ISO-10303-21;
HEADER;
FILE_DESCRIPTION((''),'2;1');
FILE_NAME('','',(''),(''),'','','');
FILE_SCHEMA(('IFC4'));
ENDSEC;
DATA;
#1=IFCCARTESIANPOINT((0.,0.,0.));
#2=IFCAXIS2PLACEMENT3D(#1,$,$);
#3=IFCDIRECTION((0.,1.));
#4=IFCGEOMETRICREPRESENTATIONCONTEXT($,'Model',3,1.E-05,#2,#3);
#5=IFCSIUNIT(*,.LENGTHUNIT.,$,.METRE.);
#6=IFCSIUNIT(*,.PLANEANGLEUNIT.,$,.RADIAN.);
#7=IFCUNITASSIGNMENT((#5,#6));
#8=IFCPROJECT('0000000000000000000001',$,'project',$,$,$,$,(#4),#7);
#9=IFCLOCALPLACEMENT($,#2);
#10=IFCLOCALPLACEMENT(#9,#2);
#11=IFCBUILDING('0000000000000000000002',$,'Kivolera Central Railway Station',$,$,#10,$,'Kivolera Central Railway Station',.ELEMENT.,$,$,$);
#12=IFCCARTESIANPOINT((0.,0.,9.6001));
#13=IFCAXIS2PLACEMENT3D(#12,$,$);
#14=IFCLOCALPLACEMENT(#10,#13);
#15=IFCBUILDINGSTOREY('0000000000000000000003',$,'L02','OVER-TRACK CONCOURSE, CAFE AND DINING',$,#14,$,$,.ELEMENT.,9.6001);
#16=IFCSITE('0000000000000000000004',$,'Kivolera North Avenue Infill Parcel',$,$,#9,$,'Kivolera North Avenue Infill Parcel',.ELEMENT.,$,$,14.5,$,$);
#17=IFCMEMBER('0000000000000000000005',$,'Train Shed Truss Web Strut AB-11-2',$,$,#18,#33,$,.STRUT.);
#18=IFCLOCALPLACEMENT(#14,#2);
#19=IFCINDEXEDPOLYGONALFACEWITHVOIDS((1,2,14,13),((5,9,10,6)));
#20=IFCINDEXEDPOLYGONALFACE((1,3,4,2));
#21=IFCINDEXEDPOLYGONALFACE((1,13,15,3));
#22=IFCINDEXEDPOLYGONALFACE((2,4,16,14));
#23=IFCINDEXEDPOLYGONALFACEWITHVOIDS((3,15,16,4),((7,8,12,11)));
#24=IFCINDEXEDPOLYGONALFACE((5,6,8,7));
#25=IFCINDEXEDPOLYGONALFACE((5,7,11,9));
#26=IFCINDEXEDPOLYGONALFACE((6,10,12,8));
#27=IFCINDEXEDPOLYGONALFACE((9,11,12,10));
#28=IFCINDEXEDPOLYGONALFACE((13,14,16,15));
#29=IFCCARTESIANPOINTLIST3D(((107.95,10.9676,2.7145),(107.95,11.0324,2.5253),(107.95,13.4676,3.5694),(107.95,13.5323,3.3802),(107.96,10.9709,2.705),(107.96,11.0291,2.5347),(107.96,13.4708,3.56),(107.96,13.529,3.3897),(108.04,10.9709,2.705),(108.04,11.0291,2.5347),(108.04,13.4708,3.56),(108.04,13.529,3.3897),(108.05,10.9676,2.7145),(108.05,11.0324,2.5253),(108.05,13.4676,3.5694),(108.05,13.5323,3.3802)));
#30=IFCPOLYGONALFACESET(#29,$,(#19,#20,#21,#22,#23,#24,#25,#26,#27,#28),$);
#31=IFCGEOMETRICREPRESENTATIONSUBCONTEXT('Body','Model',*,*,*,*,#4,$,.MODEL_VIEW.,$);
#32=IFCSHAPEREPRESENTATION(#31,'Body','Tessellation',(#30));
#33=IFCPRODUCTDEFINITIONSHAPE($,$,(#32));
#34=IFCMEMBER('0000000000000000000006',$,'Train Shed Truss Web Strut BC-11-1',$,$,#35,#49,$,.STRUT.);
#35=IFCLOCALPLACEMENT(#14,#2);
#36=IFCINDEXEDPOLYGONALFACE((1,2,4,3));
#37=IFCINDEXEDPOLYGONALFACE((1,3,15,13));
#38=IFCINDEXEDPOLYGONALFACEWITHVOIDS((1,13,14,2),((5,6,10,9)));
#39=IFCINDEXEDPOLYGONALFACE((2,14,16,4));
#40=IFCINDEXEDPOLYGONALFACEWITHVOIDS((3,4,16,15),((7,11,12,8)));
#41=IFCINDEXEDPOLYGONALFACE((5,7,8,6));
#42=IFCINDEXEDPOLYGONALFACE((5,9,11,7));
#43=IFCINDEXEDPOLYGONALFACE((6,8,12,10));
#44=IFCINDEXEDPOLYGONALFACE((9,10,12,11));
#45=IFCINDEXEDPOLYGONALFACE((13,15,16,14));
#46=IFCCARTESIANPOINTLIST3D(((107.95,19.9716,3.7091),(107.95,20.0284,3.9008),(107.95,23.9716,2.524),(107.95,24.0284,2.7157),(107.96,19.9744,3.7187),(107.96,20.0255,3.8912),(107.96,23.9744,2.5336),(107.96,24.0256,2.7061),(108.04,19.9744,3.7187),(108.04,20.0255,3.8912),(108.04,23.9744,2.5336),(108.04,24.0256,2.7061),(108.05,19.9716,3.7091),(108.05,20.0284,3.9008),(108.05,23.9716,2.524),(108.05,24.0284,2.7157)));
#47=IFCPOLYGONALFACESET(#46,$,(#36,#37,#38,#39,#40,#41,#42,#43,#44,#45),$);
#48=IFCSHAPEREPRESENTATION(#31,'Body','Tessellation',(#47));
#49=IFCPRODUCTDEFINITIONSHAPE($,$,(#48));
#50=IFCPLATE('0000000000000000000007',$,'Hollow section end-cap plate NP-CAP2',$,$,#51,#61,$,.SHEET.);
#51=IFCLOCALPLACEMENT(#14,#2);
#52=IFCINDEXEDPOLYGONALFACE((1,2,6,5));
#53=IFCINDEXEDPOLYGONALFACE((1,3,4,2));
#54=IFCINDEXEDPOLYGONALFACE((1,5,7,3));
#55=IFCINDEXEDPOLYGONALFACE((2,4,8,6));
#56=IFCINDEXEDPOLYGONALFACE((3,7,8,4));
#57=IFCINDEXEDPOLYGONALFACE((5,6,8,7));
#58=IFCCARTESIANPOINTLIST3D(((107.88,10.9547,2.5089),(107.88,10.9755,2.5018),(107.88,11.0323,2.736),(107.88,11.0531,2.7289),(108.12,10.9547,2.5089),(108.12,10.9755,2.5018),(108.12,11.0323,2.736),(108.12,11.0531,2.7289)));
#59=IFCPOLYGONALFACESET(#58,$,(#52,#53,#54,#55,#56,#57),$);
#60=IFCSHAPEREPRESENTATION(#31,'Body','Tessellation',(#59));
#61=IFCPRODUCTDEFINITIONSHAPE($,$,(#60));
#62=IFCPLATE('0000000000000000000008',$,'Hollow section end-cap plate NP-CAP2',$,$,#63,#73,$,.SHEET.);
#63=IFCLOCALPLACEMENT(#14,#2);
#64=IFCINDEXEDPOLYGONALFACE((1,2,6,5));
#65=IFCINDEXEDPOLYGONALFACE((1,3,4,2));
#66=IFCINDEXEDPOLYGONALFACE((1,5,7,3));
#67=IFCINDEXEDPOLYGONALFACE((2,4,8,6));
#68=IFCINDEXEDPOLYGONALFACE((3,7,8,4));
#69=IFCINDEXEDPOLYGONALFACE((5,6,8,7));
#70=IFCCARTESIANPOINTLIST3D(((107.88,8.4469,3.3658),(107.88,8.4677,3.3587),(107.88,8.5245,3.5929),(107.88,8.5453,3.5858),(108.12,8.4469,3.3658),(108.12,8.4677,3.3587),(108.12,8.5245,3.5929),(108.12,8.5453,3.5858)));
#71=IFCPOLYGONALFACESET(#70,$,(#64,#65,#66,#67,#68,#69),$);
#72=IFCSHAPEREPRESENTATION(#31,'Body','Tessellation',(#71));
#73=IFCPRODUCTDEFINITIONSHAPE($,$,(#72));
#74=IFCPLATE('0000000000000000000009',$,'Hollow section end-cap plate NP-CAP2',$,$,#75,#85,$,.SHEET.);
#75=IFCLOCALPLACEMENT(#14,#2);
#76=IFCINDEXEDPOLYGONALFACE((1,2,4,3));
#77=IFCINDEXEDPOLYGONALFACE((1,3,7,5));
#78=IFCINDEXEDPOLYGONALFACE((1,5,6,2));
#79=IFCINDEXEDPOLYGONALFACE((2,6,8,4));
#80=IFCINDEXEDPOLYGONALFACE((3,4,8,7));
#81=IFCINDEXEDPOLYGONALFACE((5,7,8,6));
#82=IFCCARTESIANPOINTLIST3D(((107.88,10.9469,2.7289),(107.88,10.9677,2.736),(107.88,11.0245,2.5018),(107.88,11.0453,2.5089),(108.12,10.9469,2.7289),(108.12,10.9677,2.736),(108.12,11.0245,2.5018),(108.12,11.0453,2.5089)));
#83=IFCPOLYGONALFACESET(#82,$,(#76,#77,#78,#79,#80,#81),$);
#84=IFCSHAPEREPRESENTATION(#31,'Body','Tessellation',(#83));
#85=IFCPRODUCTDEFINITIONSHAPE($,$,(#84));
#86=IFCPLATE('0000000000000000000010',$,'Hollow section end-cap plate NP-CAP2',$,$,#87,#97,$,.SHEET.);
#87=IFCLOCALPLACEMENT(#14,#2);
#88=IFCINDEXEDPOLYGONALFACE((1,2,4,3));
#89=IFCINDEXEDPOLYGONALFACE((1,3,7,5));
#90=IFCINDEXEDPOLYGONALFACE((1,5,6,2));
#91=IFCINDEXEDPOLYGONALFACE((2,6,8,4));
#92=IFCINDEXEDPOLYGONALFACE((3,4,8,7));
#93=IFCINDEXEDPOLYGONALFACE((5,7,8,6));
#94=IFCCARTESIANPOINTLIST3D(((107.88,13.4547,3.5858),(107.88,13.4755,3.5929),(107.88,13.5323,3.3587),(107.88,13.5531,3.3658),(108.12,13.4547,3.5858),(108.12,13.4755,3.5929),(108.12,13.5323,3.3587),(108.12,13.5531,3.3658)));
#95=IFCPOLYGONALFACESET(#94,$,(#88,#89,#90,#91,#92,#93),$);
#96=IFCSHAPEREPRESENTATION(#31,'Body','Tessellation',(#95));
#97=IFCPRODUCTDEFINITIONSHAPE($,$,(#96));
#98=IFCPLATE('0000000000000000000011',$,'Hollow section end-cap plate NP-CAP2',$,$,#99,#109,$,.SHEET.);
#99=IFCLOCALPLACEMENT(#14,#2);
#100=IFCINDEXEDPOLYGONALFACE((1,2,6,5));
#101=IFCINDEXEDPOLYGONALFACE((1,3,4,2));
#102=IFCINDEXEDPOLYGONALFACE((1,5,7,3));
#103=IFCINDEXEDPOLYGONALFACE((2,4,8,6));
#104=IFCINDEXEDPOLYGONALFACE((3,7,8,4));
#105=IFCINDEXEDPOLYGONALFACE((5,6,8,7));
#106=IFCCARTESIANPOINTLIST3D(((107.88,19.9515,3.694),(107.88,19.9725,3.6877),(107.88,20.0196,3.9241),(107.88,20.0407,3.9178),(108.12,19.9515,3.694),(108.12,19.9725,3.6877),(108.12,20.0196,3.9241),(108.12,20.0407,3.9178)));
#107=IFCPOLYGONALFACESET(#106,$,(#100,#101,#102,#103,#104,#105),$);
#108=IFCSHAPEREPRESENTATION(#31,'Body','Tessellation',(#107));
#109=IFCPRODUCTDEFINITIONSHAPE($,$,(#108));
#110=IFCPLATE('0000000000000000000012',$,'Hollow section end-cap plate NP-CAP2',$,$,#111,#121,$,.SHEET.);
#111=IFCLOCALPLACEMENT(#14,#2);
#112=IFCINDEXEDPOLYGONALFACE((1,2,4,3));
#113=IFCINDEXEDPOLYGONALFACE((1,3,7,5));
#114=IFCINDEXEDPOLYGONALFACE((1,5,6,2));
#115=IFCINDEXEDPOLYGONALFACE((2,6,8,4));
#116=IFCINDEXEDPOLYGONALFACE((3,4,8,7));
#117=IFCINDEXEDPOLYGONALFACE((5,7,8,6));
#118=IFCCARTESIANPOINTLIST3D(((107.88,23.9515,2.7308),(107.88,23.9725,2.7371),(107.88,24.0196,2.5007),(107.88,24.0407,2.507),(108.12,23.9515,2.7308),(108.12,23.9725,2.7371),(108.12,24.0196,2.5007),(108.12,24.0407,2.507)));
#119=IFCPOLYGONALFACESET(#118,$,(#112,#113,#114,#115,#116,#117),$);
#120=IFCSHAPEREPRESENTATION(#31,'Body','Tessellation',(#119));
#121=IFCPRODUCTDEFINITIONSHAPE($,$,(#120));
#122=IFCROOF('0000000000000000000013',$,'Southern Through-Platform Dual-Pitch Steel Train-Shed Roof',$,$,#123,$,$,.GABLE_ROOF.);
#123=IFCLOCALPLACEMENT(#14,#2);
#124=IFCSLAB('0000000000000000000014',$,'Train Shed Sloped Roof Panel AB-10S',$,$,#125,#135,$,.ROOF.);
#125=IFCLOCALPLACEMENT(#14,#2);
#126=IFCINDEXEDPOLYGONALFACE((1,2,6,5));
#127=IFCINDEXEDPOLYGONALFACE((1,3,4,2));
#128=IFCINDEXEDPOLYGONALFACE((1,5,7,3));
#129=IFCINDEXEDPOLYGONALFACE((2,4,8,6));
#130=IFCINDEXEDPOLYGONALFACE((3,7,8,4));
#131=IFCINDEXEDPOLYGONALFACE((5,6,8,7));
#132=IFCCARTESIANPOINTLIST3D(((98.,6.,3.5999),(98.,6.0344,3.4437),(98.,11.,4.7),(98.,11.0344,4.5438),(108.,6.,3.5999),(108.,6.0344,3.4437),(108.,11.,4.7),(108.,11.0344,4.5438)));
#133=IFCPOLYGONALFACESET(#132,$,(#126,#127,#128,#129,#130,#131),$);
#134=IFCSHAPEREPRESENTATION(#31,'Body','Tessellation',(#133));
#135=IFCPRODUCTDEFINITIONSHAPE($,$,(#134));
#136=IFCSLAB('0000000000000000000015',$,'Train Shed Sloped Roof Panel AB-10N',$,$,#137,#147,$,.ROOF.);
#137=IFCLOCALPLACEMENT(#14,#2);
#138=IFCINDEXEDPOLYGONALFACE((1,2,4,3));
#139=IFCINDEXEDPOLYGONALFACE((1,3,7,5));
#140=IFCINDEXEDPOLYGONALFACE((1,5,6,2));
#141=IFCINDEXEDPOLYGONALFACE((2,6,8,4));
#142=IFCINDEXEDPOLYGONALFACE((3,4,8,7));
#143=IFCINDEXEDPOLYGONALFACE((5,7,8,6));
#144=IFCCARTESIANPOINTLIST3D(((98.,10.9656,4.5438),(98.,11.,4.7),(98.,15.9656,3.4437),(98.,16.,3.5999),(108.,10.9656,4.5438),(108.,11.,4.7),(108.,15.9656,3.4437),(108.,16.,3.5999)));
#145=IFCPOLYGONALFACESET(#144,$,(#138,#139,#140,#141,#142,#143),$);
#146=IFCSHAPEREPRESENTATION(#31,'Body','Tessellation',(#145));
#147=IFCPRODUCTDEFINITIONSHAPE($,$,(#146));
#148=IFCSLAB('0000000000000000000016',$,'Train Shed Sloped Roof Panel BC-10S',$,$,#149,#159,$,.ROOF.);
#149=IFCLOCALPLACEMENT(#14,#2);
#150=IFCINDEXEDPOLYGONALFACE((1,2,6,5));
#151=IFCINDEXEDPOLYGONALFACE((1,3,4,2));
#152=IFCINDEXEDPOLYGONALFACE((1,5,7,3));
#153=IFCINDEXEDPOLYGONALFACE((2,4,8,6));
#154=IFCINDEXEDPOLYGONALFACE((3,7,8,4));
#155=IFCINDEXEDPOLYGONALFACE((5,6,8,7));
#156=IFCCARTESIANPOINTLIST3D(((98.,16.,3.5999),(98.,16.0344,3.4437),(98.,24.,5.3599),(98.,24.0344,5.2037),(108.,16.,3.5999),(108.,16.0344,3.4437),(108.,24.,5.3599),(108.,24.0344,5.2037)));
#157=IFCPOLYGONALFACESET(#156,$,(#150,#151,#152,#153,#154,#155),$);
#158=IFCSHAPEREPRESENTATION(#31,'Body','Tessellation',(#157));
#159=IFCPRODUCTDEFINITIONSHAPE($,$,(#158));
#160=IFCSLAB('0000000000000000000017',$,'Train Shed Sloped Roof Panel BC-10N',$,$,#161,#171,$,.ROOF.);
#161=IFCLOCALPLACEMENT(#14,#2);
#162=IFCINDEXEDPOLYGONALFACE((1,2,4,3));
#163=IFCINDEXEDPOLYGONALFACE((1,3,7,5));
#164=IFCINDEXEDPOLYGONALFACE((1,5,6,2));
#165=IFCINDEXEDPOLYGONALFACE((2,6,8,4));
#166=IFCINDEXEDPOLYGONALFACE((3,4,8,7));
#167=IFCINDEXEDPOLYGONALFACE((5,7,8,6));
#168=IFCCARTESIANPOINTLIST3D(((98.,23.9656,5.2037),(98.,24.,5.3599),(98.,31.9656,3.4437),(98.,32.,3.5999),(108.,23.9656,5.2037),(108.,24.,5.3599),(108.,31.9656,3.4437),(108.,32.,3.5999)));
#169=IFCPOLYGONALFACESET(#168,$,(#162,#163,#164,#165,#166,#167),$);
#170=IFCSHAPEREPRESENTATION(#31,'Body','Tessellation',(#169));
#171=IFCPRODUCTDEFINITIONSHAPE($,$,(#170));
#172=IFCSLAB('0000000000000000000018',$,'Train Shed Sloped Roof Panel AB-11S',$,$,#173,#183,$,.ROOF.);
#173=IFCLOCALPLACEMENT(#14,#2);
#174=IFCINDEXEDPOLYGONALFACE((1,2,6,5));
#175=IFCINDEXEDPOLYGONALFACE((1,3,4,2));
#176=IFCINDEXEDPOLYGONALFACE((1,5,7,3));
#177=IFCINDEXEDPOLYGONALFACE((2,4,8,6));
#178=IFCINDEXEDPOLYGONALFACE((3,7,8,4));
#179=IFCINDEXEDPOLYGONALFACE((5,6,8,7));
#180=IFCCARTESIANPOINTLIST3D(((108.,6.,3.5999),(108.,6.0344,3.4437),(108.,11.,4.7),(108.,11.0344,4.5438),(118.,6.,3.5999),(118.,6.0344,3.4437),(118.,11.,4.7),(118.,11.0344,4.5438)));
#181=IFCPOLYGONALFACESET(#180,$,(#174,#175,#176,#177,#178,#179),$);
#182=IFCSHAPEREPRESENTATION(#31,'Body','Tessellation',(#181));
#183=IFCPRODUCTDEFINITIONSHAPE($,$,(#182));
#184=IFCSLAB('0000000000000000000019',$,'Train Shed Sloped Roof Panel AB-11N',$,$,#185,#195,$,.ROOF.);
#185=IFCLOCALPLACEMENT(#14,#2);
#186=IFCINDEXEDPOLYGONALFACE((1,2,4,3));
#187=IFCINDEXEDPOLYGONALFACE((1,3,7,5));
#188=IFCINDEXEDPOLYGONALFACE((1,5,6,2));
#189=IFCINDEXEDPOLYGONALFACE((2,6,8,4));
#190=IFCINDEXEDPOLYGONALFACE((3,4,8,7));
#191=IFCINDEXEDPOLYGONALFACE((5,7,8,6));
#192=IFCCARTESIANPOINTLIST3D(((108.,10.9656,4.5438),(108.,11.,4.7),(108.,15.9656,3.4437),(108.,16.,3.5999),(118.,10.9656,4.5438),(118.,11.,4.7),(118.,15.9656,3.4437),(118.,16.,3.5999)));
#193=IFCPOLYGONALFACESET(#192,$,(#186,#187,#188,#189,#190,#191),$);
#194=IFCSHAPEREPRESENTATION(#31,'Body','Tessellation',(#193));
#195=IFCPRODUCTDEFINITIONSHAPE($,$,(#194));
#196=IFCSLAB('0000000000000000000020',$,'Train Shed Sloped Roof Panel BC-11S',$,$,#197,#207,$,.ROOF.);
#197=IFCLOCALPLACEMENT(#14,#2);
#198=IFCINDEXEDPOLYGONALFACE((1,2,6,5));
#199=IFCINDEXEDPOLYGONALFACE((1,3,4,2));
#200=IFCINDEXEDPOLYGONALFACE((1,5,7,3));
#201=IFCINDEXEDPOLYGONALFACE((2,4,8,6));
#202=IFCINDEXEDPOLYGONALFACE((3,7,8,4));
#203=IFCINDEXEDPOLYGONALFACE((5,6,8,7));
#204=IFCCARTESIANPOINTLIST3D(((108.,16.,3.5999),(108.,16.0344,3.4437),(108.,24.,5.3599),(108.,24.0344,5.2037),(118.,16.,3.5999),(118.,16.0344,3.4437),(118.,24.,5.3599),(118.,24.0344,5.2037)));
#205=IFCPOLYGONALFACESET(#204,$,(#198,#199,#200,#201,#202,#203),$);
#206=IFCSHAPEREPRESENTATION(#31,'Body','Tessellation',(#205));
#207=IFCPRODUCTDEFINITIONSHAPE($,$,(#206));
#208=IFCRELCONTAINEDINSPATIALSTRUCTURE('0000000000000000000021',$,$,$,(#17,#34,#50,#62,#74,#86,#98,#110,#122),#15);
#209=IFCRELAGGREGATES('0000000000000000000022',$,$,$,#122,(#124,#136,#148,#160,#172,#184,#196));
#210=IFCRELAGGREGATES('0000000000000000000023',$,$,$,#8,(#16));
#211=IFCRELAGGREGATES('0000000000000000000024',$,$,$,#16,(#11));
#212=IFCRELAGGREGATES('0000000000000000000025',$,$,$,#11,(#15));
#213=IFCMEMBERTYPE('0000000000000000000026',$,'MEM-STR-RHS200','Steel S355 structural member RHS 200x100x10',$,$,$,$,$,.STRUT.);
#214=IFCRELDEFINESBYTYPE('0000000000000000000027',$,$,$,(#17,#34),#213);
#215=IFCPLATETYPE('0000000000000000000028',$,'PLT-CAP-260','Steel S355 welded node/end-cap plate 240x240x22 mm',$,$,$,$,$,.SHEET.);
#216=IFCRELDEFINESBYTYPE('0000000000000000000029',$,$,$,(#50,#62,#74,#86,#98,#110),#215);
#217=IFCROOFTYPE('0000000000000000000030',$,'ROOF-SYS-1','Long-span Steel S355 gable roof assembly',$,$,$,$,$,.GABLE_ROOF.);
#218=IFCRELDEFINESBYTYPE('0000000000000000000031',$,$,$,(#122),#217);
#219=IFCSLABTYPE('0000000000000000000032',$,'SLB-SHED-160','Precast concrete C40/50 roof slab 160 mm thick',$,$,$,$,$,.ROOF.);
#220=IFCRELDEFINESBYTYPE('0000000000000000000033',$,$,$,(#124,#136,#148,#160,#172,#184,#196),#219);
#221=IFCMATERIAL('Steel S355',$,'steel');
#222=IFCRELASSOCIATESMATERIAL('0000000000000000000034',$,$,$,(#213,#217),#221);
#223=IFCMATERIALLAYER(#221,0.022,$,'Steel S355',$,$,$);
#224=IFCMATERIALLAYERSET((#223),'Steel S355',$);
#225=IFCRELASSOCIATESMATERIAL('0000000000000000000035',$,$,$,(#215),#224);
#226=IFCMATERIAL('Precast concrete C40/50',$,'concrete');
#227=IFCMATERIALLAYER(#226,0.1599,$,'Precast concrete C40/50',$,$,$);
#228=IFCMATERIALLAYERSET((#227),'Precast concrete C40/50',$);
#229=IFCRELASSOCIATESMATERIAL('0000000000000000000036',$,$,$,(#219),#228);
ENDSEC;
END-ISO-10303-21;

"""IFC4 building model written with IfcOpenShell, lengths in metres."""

from ifc_helpers import new_model, si_unit, direction, frame, origin, origin_2d, place, context, subcontext, project, spatial, polyline, rectangle, hollow_rectangle, outline, extrude, material, layer, layer_set, material_profile, profile_set, type_object, element, aggregate, save


model = new_model("IFC4")

# Units and contexts
model_context = context("Model", 3, precision=1e-05, world=origin(), true_north=direction((0.0, 1.0)))
body_context = subcontext(model_context, "Body", "Model", "MODEL_VIEW")
ifc_project = project(units=[si_unit("LENGTHUNIT", "METRE"), si_unit("PLANEANGLEUNIT", "RADIAN")], contexts=[model_context])

# Site, building, storey
site_placement = place(None, origin())
site = spatial("IfcSite", under=ifc_project, at=site_placement, Name="Kivolera North Avenue Infill Parcel", LongName="Kivolera North Avenue Infill Parcel", CompositionType="ELEMENT", RefElevation=14.5)
building_placement = place(site_placement, origin())
building = spatial("IfcBuilding", under=site, at=building_placement, Name="Kivolera Central Railway Station", LongName="Kivolera Central Railway Station", CompositionType="ELEMENT")
storey_placement = place(building_placement, frame((0.0, 0.0, 9.6001)))
storey = spatial("IfcBuildingStorey", under=building, at=storey_placement, Name="L02", Description="OVER-TRACK CONCOURSE, CAFE AND DINING", CompositionType="ELEMENT", Elevation=9.6001)

# Shared definitions
ifc_material_1 = material(Name="Steel S355", Category="steel")

# Members
ifc_material_profile_1 = material_profile(ifc_material_1, hollow_rectangle(XDim=0.1001, YDim=0.2, WallThickness=0.01, at=origin_2d()), Name="RHS 200x100x10")
ifc_profile_set_1 = profile_set([ifc_material_profile_1], Name="Steel S355")
member_type_1 = type_object("IfcMemberType", Name="MEM-STR-RHS200", Description="Steel S355 structural member RHS 200x100x10", PredefinedType="STRUT", material=ifc_profile_set_1)
for number, where, z_axis, x_axis, name in (
    (1, (108.0, 11.0, 2.6199), (0.0, 0.946197, 0.323592), (-1.0, 0.0, 0.0), "Train Shed Truss Web Strut AB-11-2"),
):
    element("IfcMember", number, at=place(storey_placement, frame(where, z_axis=z_axis, x_axis=x_axis)), inside=storey, type_object=member_type_1, Name=name, PredefinedType="STRUT", context=body_context, shape_type="SweptSolid", body=[
        extrude(hollow_rectangle(XDim=0.1001, YDim=0.2, WallThickness=0.01, at=origin_2d()), origin(), (0.0, 0.0, 1.0), 2.6421),
    ])
member_1_placement = place(storey_placement, frame((108.0, 24.0, 2.6199), z_axis=(0.0, -0.958806, 0.28406), x_axis=(1.0, 0.0, 0.0)))
element("IfcMember", 2, at=member_1_placement, inside=storey, type_object=member_type_1, Name="Train Shed Truss Web Strut BC-11-1", PredefinedType="STRUT", context=body_context, shape_type="SweptSolid", body=[
    extrude(hollow_rectangle(XDim=0.1001, YDim=0.2, WallThickness=0.01, at=origin_2d()), origin(), (0.0, 0.0, 1.0), 4.1719),
])

# Plates
ifc_layer_1 = layer(ifc_material_1, 0.022, Name="Steel S355")
ifc_layer_set_1 = layer_set([ifc_layer_1], Name="Steel S355")
plate_type = type_object("IfcPlateType", Name="PLT-CAP-260", Description="Steel S355 welded node/end-cap plate 240x240x22 mm", PredefinedType="SHEET", material=ifc_layer_set_1)
for number, where, z_axis, x_axis, name in (
    (3, (108.0, 11.0039, 2.6189), (0.0, -0.946194, 0.323599), (1.0, 0.0, 0.0), "Hollow section end-cap plate NP-CAP2"),
    (4, (108.0, 8.4961, 3.4758), (0.0, -0.946194, 0.323599), (1.0, 0.0, 0.0), "Hollow section end-cap plate NP-CAP2"),
    (5, (108.0, 10.9961, 2.6189), (0.0, 0.946194, 0.323599), (-1.0, 0.0, 0.0), "Hollow section end-cap plate NP-CAP2"),
    (6, (108.0, 13.5039, 3.4758), (0.0, 0.946194, 0.323599), (-1.0, 0.0, 0.0), "Hollow section end-cap plate NP-CAP2"),
    (7, (108.0, 19.9961, 3.8059), (0.0, -0.95881, 0.284048), (1.0, 0.0, 0.0), "Hollow section end-cap plate NP-CAP2"),
    (8, (108.0, 23.9961, 2.6189), (0.0, 0.95881, 0.284048), (-1.0, 0.0, 0.0), "Hollow section end-cap plate NP-CAP2"),
):
    element("IfcPlate", number, at=place(storey_placement, frame(where, z_axis=z_axis, x_axis=x_axis)), inside=storey, type_object=plate_type, Name=name, PredefinedType="SHEET", context=body_context, shape_type="SweptSolid", body=[
        extrude(rectangle(XDim=0.24, YDim=0.24, at=origin_2d()), frame((0.0, 0.0, -0.011)), (0.0, 0.0, 1.0), 0.022),
    ])

# Roof, slabs
roof_type = type_object("IfcRoofType", Name="ROOF-SYS-1", Description="Long-span Steel S355 gable roof assembly", PredefinedType="GABLE_ROOF", material=ifc_material_1)
roof_placement = place(storey_placement, origin())
roof = element("IfcRoof", 9, at=roof_placement, inside=storey, type_object=roof_type, Name="Southern Through-Platform Dual-Pitch Steel Train-Shed Roof", PredefinedType="GABLE_ROOF")
ifc_material_2 = material(Name="Precast concrete C40/50", Category="concrete")
ifc_layer_2 = layer(ifc_material_2, 0.1599, Name="Precast concrete C40/50")
ifc_layer_set_2 = layer_set([ifc_layer_2], Name="Precast concrete C40/50")
slab_type = type_object("IfcSlabType", Name="SLB-SHED-160", Description="Precast concrete C40/50 roof slab 160 mm thick", PredefinedType="ROOF", material=ifc_layer_set_2)
slab_1_placement = place(storey_placement, frame((98.0, 6.0, 3.5999), z_axis=(0.0, -0.21488, 0.97664), x_axis=(1.0, 0.0, 0.0)))
slab_1 = element("IfcSlab", 10, at=slab_1_placement, type_object=slab_type, Name="Train Shed Sloped Roof Panel AB-10S", PredefinedType="ROOF", context=body_context, shape_type="SweptSolid", body=[
    extrude(outline(polyline([(0.0, 0.0), (10.0, 0.0), (10.0, 5.1196), (0.0, 5.1196), (0.0, 0.0)])), origin(), (0.0, 0.0, -1.0), 0.1599),
])
slab_2_placement = place(storey_placement, frame((98.0, 11.0, 4.7), z_axis=(0.0, 0.21488, 0.97664), x_axis=(1.0, 0.0, 0.0)))
slab_2 = element("IfcSlab", 11, at=slab_2_placement, type_object=slab_type, Name="Train Shed Sloped Roof Panel AB-10N", PredefinedType="ROOF", context=body_context, shape_type="SweptSolid", body=[
    extrude(outline(polyline([(0.0, 0.0), (10.0, 0.0), (10.0, 5.1196), (0.0, 5.1196), (0.0, 0.0)])), origin(), (0.0, 0.0, -1.0), 0.1599),
])
slab_3_placement = place(storey_placement, frame((98.0, 16.0, 3.5999), z_axis=(0.0, -0.214863, 0.976644), x_axis=(1.0, 0.0, 0.0)))
slab_3 = element("IfcSlab", 12, at=slab_3_placement, type_object=slab_type, Name="Train Shed Sloped Roof Panel BC-10S", PredefinedType="ROOF", context=body_context, shape_type="SweptSolid", body=[
    extrude(outline(polyline([(0.0, 0.0), (10.0, 0.0), (10.0, 8.1913), (0.0, 8.1913), (0.0, 0.0)])), origin(), (0.0, 0.0, -1.0), 0.1599),
])
slab_4_placement = place(storey_placement, frame((98.0, 24.0, 5.3599), z_axis=(0.0, 0.214863, 0.976644), x_axis=(1.0, 0.0, 0.0)))
slab_4 = element("IfcSlab", 13, at=slab_4_placement, type_object=slab_type, Name="Train Shed Sloped Roof Panel BC-10N", PredefinedType="ROOF", context=body_context, shape_type="SweptSolid", body=[
    extrude(outline(polyline([(0.0, 0.0), (10.0, 0.0), (10.0, 8.1913), (0.0, 8.1913), (0.0, 0.0)])), origin(), (0.0, 0.0, -1.0), 0.1599),
])
slab_5_placement = place(storey_placement, frame((108.0, 6.0, 3.5999), z_axis=(0.0, -0.21488, 0.97664), x_axis=(1.0, 0.0, 0.0)))
slab_5 = element("IfcSlab", 14, at=slab_5_placement, type_object=slab_type, Name="Train Shed Sloped Roof Panel AB-11S", PredefinedType="ROOF", context=body_context, shape_type="SweptSolid", body=[
    extrude(outline(polyline([(0.0, 0.0), (10.0, 0.0), (10.0, 5.1196), (0.0, 5.1196), (0.0, 0.0)])), origin(), (0.0, 0.0, -1.0), 0.1599),
])
slab_6_placement = place(storey_placement, frame((108.0, 11.0, 4.7), z_axis=(0.0, 0.21488, 0.97664), x_axis=(1.0, 0.0, 0.0)))
slab_6 = element("IfcSlab", 15, at=slab_6_placement, type_object=slab_type, Name="Train Shed Sloped Roof Panel AB-11N", PredefinedType="ROOF", context=body_context, shape_type="SweptSolid", body=[
    extrude(outline(polyline([(0.0, 0.0), (10.0, 0.0), (10.0, 5.1196), (0.0, 5.1196), (0.0, 0.0)])), origin(), (0.0, 0.0, -1.0), 0.1599),
])
slab_7_placement = place(storey_placement, frame((108.0, 16.0, 3.5999), z_axis=(0.0, -0.214863, 0.976644), x_axis=(1.0, 0.0, 0.0)))
slab_7 = element("IfcSlab", 16, at=slab_7_placement, type_object=slab_type, Name="Train Shed Sloped Roof Panel BC-11S", PredefinedType="ROOF", context=body_context, shape_type="SweptSolid", body=[
    extrude(outline(polyline([(0.0, 0.0), (10.0, 0.0), (10.0, 8.1913), (0.0, 8.1913), (0.0, 0.0)])), origin(), (0.0, 0.0, -1.0), 0.1599),
])
aggregate(roof, [slab_1, slab_2, slab_3, slab_4, slab_5, slab_6, slab_7])

save(model, "model.ifc")
